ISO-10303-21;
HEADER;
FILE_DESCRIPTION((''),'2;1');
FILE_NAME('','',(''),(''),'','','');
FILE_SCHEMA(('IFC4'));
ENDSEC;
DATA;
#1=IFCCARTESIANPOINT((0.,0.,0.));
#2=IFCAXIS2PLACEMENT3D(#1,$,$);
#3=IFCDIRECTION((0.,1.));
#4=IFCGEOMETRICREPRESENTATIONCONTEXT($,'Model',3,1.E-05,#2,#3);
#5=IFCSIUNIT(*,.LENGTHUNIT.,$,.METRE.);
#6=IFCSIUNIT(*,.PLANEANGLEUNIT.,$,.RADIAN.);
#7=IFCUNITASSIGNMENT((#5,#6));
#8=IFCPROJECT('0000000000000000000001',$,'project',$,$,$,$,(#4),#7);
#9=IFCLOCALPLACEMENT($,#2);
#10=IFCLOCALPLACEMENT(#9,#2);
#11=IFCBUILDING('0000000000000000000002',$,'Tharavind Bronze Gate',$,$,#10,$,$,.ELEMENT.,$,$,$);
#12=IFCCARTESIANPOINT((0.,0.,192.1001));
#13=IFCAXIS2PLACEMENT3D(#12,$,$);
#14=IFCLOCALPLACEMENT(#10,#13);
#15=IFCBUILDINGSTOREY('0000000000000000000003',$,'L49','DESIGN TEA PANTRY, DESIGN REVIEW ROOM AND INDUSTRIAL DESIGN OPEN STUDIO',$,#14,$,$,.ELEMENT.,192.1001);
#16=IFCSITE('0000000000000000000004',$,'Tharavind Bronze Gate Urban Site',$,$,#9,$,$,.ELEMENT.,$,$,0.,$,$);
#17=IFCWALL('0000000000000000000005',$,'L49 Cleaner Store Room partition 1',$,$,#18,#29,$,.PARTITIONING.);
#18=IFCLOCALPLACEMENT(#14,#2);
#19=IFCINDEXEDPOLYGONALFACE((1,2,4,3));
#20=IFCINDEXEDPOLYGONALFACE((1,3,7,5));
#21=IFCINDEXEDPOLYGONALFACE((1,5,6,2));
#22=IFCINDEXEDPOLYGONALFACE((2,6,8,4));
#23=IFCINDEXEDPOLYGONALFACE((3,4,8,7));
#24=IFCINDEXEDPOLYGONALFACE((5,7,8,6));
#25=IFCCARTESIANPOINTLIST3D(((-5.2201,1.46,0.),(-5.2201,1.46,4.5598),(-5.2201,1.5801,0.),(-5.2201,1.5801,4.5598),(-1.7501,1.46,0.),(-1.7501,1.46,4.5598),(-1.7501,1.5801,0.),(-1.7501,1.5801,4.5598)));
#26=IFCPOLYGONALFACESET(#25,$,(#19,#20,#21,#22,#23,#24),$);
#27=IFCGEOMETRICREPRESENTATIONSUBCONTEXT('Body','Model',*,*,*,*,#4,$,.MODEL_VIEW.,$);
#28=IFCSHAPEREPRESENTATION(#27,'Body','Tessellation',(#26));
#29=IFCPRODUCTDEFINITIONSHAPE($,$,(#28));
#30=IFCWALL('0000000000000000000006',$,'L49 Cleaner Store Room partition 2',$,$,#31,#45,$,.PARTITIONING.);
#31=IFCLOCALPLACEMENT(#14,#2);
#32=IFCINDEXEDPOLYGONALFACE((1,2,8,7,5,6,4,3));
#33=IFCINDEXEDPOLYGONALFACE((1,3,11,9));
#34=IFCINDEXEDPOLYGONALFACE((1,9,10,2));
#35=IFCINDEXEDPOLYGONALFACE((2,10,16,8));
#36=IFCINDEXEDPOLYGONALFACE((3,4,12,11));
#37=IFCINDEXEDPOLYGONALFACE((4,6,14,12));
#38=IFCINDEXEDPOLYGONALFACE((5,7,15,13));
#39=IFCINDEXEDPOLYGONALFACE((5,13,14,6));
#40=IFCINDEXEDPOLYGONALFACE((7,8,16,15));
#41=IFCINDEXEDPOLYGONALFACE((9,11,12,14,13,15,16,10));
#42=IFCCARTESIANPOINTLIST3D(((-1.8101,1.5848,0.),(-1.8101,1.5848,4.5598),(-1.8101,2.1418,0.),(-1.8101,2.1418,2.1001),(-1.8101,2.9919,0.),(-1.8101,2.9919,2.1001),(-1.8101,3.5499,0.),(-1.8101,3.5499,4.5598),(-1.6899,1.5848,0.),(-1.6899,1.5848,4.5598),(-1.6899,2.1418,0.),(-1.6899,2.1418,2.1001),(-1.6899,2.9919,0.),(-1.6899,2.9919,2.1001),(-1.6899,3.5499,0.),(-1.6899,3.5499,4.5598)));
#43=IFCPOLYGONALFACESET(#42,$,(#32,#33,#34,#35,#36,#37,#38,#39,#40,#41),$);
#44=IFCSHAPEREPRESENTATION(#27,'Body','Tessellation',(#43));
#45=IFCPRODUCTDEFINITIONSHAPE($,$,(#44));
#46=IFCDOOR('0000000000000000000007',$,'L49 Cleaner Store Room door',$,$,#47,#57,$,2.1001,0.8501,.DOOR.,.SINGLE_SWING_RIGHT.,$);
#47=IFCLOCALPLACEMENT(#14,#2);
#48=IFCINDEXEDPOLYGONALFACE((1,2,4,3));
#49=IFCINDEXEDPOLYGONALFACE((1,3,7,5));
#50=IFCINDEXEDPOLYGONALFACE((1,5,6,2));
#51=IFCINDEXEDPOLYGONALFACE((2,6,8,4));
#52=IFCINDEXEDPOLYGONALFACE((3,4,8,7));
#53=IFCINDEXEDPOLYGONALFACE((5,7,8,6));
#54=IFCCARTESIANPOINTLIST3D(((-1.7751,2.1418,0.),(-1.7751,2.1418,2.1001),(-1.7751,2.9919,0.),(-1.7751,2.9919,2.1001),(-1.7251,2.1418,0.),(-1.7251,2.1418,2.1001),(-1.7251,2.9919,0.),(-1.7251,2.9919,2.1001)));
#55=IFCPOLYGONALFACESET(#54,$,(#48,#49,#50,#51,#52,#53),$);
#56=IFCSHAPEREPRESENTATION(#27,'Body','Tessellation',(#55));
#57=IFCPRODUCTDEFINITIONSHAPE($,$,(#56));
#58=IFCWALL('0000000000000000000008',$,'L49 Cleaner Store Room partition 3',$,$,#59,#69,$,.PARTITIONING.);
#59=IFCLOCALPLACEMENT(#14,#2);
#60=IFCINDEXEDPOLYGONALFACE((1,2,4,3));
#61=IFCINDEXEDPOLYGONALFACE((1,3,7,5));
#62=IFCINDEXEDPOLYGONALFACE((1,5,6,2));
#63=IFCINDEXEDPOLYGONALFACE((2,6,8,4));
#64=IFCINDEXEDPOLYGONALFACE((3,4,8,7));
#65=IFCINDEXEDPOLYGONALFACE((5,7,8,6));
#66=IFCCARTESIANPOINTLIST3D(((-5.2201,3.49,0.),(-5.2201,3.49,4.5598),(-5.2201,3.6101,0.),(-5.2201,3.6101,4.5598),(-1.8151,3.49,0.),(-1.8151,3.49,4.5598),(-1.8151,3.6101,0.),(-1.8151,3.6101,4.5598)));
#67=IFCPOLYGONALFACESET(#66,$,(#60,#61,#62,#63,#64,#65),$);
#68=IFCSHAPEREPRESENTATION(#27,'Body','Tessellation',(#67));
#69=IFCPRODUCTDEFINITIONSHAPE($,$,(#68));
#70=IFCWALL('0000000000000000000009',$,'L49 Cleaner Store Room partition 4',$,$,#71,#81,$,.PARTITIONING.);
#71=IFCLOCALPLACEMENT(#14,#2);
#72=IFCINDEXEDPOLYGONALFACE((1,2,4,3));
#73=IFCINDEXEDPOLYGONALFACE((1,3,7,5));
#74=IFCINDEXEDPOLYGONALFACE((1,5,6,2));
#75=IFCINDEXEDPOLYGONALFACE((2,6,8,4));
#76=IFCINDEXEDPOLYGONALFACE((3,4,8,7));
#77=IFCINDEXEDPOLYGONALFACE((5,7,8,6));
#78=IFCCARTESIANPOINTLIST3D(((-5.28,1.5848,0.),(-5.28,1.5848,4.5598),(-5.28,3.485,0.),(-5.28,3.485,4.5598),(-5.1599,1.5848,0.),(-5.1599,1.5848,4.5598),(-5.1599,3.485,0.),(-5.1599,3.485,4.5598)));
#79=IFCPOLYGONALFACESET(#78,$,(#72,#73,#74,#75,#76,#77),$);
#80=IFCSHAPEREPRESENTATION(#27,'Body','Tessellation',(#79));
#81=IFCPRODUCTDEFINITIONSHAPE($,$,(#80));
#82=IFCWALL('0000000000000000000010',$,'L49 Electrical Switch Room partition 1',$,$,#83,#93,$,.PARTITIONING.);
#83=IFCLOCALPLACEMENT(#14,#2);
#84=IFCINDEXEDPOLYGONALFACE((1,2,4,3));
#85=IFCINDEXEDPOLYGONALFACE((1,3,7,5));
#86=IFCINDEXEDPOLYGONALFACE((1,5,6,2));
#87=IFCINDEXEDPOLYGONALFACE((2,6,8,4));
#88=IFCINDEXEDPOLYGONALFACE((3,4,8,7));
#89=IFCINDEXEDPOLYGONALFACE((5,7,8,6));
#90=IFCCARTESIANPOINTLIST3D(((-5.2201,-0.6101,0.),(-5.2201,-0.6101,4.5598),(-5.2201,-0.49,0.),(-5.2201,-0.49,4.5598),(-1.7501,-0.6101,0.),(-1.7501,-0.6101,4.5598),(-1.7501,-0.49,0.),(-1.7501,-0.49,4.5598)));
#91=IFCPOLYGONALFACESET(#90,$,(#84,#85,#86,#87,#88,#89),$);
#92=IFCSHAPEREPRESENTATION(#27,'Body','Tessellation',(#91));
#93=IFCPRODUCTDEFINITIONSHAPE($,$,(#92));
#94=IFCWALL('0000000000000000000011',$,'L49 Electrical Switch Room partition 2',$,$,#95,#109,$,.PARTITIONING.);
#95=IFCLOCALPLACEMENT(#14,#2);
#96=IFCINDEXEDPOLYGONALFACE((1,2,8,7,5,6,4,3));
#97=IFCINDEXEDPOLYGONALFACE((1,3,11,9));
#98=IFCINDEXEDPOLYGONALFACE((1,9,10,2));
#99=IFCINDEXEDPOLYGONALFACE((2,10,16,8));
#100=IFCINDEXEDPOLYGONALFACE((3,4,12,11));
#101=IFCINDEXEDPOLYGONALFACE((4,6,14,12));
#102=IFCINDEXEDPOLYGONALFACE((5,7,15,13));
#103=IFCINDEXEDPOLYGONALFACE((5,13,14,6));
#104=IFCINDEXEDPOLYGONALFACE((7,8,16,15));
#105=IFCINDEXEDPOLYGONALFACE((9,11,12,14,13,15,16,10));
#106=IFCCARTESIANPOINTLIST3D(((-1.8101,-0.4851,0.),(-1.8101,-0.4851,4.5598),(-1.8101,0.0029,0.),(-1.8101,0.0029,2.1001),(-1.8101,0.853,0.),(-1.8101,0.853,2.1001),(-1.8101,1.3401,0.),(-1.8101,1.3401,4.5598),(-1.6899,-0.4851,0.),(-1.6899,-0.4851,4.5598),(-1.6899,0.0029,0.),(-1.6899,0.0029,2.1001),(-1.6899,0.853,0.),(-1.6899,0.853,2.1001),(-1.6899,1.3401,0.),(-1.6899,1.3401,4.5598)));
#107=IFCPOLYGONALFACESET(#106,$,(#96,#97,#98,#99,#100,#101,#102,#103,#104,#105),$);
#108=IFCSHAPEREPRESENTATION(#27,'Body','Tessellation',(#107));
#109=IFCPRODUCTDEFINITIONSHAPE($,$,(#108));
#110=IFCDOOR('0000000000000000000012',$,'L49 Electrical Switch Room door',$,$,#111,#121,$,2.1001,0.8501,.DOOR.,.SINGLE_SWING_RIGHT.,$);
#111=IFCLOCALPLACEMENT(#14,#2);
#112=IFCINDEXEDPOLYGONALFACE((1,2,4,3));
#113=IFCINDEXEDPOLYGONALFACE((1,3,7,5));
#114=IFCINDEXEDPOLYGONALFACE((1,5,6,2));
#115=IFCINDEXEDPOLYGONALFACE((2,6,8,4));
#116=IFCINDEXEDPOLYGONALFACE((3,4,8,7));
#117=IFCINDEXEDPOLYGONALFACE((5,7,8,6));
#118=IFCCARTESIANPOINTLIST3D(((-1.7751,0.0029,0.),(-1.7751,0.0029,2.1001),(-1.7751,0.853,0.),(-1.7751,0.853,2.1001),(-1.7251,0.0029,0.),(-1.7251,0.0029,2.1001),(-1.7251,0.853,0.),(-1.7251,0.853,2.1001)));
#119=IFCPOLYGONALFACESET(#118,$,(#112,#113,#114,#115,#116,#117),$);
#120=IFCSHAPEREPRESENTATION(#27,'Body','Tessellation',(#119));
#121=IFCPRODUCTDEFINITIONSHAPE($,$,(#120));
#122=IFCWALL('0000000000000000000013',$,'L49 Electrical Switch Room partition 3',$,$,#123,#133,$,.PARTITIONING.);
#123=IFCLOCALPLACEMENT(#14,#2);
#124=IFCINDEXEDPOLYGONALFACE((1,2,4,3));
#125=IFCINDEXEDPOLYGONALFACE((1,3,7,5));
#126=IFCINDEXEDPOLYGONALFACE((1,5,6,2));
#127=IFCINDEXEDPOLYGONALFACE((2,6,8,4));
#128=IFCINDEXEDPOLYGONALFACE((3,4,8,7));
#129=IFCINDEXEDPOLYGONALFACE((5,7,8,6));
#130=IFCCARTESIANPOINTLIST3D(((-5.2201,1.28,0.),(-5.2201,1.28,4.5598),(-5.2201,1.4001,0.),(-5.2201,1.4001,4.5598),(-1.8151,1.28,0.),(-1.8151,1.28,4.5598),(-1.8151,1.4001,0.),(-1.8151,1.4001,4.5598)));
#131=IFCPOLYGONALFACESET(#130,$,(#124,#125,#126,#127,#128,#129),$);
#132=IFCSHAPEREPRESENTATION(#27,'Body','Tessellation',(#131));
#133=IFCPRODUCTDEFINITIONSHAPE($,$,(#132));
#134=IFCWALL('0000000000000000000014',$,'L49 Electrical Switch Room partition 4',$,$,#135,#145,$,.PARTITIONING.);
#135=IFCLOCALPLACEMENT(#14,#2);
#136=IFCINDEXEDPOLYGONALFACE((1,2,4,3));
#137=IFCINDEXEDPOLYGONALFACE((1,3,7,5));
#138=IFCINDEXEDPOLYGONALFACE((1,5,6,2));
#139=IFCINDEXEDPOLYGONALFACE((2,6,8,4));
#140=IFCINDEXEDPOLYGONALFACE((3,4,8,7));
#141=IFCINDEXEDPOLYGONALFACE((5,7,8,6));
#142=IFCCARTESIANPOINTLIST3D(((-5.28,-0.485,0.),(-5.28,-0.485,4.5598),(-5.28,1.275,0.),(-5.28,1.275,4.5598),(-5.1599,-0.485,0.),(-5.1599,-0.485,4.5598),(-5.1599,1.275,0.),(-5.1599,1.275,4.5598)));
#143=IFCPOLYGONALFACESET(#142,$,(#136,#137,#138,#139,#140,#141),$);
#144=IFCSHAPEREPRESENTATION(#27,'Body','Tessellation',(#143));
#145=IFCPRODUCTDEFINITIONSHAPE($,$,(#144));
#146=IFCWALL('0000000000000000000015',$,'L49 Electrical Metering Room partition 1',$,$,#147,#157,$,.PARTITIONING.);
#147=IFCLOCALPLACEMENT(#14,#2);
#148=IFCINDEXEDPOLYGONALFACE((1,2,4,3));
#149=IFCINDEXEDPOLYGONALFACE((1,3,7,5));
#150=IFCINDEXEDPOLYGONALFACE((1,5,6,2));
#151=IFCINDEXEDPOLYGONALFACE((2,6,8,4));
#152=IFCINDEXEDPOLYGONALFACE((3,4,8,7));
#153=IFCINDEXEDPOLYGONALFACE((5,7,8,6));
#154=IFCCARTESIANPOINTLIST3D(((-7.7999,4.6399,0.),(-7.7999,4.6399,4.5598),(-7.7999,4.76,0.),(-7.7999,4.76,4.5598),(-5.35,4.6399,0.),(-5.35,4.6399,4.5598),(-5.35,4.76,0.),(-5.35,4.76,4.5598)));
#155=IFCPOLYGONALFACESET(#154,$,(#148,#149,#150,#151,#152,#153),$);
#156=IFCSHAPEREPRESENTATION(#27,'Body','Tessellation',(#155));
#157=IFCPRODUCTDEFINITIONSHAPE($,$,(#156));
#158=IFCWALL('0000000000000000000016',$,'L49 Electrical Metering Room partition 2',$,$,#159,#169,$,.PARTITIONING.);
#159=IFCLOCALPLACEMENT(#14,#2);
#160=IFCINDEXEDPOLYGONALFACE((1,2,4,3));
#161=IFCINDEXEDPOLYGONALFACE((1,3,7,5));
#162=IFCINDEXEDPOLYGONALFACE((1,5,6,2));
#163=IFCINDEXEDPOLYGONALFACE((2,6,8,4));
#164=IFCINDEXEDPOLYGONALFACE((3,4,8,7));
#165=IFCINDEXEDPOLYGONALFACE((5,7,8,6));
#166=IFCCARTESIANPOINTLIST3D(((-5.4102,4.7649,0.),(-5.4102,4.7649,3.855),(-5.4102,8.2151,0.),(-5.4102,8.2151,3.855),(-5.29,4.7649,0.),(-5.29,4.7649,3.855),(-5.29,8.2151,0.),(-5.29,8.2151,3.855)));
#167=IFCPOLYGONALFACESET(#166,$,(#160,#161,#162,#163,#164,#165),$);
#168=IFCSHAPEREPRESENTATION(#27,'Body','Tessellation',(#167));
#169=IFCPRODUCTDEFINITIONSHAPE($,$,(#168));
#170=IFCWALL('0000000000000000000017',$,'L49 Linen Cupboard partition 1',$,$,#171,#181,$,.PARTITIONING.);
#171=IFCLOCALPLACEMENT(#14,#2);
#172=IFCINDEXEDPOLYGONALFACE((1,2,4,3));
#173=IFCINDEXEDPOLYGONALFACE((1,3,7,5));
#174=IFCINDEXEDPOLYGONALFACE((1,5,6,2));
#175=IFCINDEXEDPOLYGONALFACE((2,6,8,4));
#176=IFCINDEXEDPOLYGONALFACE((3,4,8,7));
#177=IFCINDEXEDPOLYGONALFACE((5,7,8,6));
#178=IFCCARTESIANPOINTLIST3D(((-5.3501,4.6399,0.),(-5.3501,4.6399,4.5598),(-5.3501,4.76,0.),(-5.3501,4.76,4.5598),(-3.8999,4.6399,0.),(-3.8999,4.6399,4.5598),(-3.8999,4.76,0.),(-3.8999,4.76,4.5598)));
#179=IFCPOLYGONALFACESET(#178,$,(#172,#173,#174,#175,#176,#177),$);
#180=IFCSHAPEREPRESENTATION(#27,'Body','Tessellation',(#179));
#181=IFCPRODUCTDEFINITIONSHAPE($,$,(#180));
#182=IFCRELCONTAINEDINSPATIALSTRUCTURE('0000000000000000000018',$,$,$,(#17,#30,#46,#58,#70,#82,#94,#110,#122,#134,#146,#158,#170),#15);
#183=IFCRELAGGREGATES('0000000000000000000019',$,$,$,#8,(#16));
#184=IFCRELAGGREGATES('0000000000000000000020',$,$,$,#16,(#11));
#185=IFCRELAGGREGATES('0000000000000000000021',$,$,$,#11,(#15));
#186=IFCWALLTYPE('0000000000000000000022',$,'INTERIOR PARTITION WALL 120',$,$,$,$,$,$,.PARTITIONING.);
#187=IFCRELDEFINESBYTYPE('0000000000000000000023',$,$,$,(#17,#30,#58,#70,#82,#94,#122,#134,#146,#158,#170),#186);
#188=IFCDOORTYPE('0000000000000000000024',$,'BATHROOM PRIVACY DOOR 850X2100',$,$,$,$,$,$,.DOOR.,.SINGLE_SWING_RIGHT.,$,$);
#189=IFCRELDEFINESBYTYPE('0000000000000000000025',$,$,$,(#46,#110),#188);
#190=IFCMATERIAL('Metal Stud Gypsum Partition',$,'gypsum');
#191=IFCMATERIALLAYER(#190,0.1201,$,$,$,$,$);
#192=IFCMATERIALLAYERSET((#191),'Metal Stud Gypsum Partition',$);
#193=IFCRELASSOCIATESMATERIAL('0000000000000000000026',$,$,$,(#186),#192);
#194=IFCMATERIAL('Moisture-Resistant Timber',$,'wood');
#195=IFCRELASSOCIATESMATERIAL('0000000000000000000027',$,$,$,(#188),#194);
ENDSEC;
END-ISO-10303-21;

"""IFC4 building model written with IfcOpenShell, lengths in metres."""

from ifc_helpers import new_model, si_unit, direction, frame, frame_2d, origin, place, context, subcontext, project, spatial, rectangle, extrude, material, layer, layer_set, type_object, element, fill, save


model = new_model("IFC4")

# Units and contexts
model_context = context("Model", 3, precision=1e-05, world=origin(), true_north=direction((0.0, 1.0)))
body_context = subcontext(model_context, "Body", "Model", "MODEL_VIEW")
ifc_project = project(units=[si_unit("LENGTHUNIT", "METRE"), si_unit("PLANEANGLEUNIT", "RADIAN")], contexts=[model_context])

# Site, building, storey
site_placement = place(None, origin())
site = spatial("IfcSite", under=ifc_project, at=site_placement, Name="Tharavind Bronze Gate Urban Site", CompositionType="ELEMENT", RefElevation=0.0)
building_placement = place(site_placement, origin())
building = spatial("IfcBuilding", under=site, at=building_placement, Name="Tharavind Bronze Gate", CompositionType="ELEMENT")
storey_placement = place(building_placement, frame((0.0, 0.0, 192.1001)))
storey = spatial("IfcBuildingStorey", under=building, at=storey_placement, Name="L49", Description="DESIGN TEA PANTRY, DESIGN REVIEW ROOM AND INDUSTRIAL DESIGN OPEN STUDIO", CompositionType="ELEMENT", Elevation=192.1001)

# Wall
ifc_material_1 = material(Name="Metal Stud Gypsum Partition", Category="gypsum")
ifc_layer_1 = layer(ifc_material_1, 0.1201)
ifc_layer_set_1 = layer_set([ifc_layer_1], Name="Metal Stud Gypsum Partition")
wall_type_1 = type_object("IfcWallType", Name="INTERIOR PARTITION WALL 120", PredefinedType="PARTITIONING", material=ifc_layer_set_1)
wall_1_placement = place(storey_placement, frame((-5.22, 1.52, 0.0), z_axis=(0.0, 0.0, 1.0), x_axis=(1.0, 0.0, 0.0)))
element("IfcWall", 1, at=wall_1_placement, inside=storey, type_object=wall_type_1, Name="L49 Cleaner Store Room partition 1", PredefinedType="PARTITIONING", context=body_context, shape_type="SweptSolid", body=[
    extrude(rectangle(XDim=3.47, YDim=0.1201, at=frame_2d((1.7349, 0.0))), origin(), (0.0, 0.0, 1.0), 4.5598),
])

# Wall, opening, door
wall_2_placement = place(storey_placement, frame((-1.75, 1.585, 0.0), z_axis=(0.0, 0.0, 1.0), x_axis=(0.0, 1.0, 0.0)))
wall_2 = element("IfcWall", 2, at=wall_2_placement, inside=storey, type_object=wall_type_1, Name="L49 Cleaner Store Room partition 2", PredefinedType="PARTITIONING", context=body_context, shape_type="SweptSolid", body=[
    extrude(rectangle(XDim=1.9651, YDim=0.1201, at=frame_2d((0.9824, 0.0))), origin(), (0.0, 0.0, 1.0), 4.5598),
])
opening_1_placement = place(wall_2_placement, frame((0.5569, 0.0, 0.0)))
opening_1 = element("IfcOpeningElement", 3, at=opening_1_placement, cuts=wall_2, PredefinedType="OPENING", context=body_context, shape_type="SweptSolid", body=[
    extrude(rectangle(XDim=0.8501, YDim=2.1001, at=frame_2d((0.425, 1.05))), frame((0.0, 0.0701, 0.0), z_axis=(0.0, -1.0, 0.0), x_axis=(1.0, 0.0, 0.0)), (0.0, 0.0, 1.0), 0.1401),
])
ifc_material_2 = material(Name="Moisture-Resistant Timber", Category="wood")
door_type_1 = type_object("IfcDoorType", Name="BATHROOM PRIVACY DOOR 850X2100", OperationType="SINGLE_SWING_RIGHT", PredefinedType="DOOR", material=ifc_material_2)
door_1_placement = place(opening_1_placement, frame((0.8501, 0.0, 0.0), z_axis=(0.0, 0.0, 1.0), x_axis=(-1.0, 0.0, 0.0)))
door_1 = element("IfcDoor", 4, at=door_1_placement, inside=storey, type_object=door_type_1, Name="L49 Cleaner Store Room door", OperationType="SINGLE_SWING_RIGHT", OverallHeight=2.1001, OverallWidth=0.8501, PredefinedType="DOOR", context=body_context, shape_type="SweptSolid", body=[
    extrude(rectangle(XDim=0.8501, YDim=2.1001, at=frame_2d((0.425, 1.05))), frame((0.0, 0.0249, 0.0), z_axis=(0.0, -1.0, 0.0), x_axis=(1.0, 0.0, 0.0)), (0.0, 0.0, 1.0), 0.05),
])
fill(opening_1, door_1)

# Walls
wall_3_placement = place(storey_placement, frame((-1.8149, 3.55, 0.0), z_axis=(0.0, 0.0, 1.0), x_axis=(-1.0, 0.0, 0.0)))
element("IfcWall", 5, at=wall_3_placement, inside=storey, type_object=wall_type_1, Name="L49 Cleaner Store Room partition 3", PredefinedType="PARTITIONING", context=body_context, shape_type="SweptSolid", body=[
    extrude(rectangle(XDim=3.405, YDim=0.1201, at=frame_2d((1.7026, 0.0))), origin(), (0.0, 0.0, 1.0), 4.5598),
])
wall_4_placement = place(storey_placement, frame((-5.22, 3.4851, 0.0), z_axis=(0.0, 0.0, 1.0), x_axis=(0.0, -1.0, 0.0)))
element("IfcWall", 6, at=wall_4_placement, inside=storey, type_object=wall_type_1, Name="L49 Cleaner Store Room partition 4", PredefinedType="PARTITIONING", context=body_context, shape_type="SweptSolid", body=[
    extrude(rectangle(XDim=1.9001, YDim=0.1201, at=frame_2d((0.9502, 0.0))), origin(), (0.0, 0.0, 1.0), 4.5598),
])
wall_5_placement = place(storey_placement, frame((-5.22, -0.55, 0.0), z_axis=(0.0, 0.0, 1.0), x_axis=(1.0, 0.0, 0.0)))
element("IfcWall", 7, at=wall_5_placement, inside=storey, type_object=wall_type_1, Name="L49 Electrical Switch Room partition 1", PredefinedType="PARTITIONING", context=body_context, shape_type="SweptSolid", body=[
    extrude(rectangle(XDim=3.47, YDim=0.1201, at=frame_2d((1.7349, 0.0))), origin(), (0.0, 0.0, 1.0), 4.5598),
])

# Wall, opening, door
wall_6_placement = place(storey_placement, frame((-1.75, -0.4851, 0.0), z_axis=(0.0, 0.0, 1.0), x_axis=(0.0, 1.0, 0.0)))
wall_6 = element("IfcWall", 8, at=wall_6_placement, inside=storey, type_object=wall_type_1, Name="L49 Electrical Switch Room partition 2", PredefinedType="PARTITIONING", context=body_context, shape_type="SweptSolid", body=[
    extrude(rectangle(XDim=1.8252, YDim=0.1201, at=frame_2d((0.9126, 0.0))), origin(), (0.0, 0.0, 1.0), 4.5598),
])
opening_2_placement = place(wall_6_placement, frame((0.488, 0.0, 0.0)))
opening_2 = element("IfcOpeningElement", 9, at=opening_2_placement, cuts=wall_6, PredefinedType="OPENING", context=body_context, shape_type="SweptSolid", body=[
    extrude(rectangle(XDim=0.8501, YDim=2.1001, at=frame_2d((0.425, 1.05))), frame((0.0, 0.0701, 0.0), z_axis=(0.0, -1.0, 0.0), x_axis=(1.0, 0.0, 0.0)), (0.0, 0.0, 1.0), 0.1401),
])
door_2_placement = place(opening_2_placement, frame((0.8501, 0.0, 0.0), z_axis=(0.0, 0.0, 1.0), x_axis=(-1.0, 0.0, 0.0)))
door_2 = element("IfcDoor", 10, at=door_2_placement, inside=storey, type_object=door_type_1, Name="L49 Electrical Switch Room door", OperationType="SINGLE_SWING_RIGHT", OverallHeight=2.1001, OverallWidth=0.8501, PredefinedType="DOOR", context=body_context, shape_type="SweptSolid", body=[
    extrude(rectangle(XDim=0.8501, YDim=2.1001, at=frame_2d((0.425, 1.05))), frame((0.0, 0.0249, 0.0), z_axis=(0.0, -1.0, 0.0), x_axis=(1.0, 0.0, 0.0)), (0.0, 0.0, 1.0), 0.05),
])
fill(opening_2, door_2)

# Walls
wall_7_placement = place(storey_placement, frame((-1.8149, 1.3401, 0.0), z_axis=(0.0, 0.0, 1.0), x_axis=(-1.0, 0.0, 0.0)))
element("IfcWall", 11, at=wall_7_placement, inside=storey, type_object=wall_type_1, Name="L49 Electrical Switch Room partition 3", PredefinedType="PARTITIONING", context=body_context, shape_type="SweptSolid", body=[
    extrude(rectangle(XDim=3.405, YDim=0.1201, at=frame_2d((1.7026, 0.0))), origin(), (0.0, 0.0, 1.0), 4.5598),
])
wall_8_placement = place(storey_placement, frame((-5.22, 1.2749, 0.0), z_axis=(0.0, 0.0, 1.0), x_axis=(0.0, -1.0, 0.0)))
element("IfcWall", 12, at=wall_8_placement, inside=storey, type_object=wall_type_1, Name="L49 Electrical Switch Room partition 4", PredefinedType="PARTITIONING", context=body_context, shape_type="SweptSolid", body=[
    extrude(rectangle(XDim=1.76, YDim=0.1201, at=frame_2d((0.8799, 0.0))), origin(), (0.0, 0.0, 1.0), 4.5598),
])
wall_9_placement = place(storey_placement, frame((-7.8, 4.7, 0.0), z_axis=(0.0, 0.0, 1.0), x_axis=(1.0, 0.0, 0.0)))
element("IfcWall", 13, at=wall_9_placement, inside=storey, type_object=wall_type_1, Name="L49 Electrical Metering Room partition 1", PredefinedType="PARTITIONING", context=body_context, shape_type="SweptSolid", body=[
    extrude(rectangle(XDim=2.45, YDim=0.1201, at=frame_2d((1.2251, 0.0))), origin(), (0.0, 0.0, 1.0), 4.5598),
])
wall_10_placement = place(storey_placement, frame((-5.3501, 4.7649, 0.0), z_axis=(0.0, 0.0, 1.0), x_axis=(0.0, 1.0, 0.0)))
element("IfcWall", 14, at=wall_10_placement, inside=storey, type_object=wall_type_1, Name="L49 Electrical Metering Room partition 2", PredefinedType="PARTITIONING", context=body_context, shape_type="SweptSolid", body=[
    extrude(rectangle(XDim=3.4502, YDim=0.1201, at=frame_2d((1.7251, 0.0))), origin(), (0.0, 0.0, 1.0), 3.855),
])
wall_11_placement = place(storey_placement, frame((-5.3501, 4.7, 0.0), z_axis=(0.0, 0.0, 1.0), x_axis=(1.0, 0.0, 0.0)))
element("IfcWall", 15, at=wall_11_placement, inside=storey, type_object=wall_type_1, Name="L49 Linen Cupboard partition 1", PredefinedType="PARTITIONING", context=body_context, shape_type="SweptSolid", body=[
    extrude(rectangle(XDim=1.4502, YDim=0.1201, at=frame_2d((0.7251, 0.0))), origin(), (0.0, 0.0, 1.0), 4.5598),
])

save(model, "model.ifc")
